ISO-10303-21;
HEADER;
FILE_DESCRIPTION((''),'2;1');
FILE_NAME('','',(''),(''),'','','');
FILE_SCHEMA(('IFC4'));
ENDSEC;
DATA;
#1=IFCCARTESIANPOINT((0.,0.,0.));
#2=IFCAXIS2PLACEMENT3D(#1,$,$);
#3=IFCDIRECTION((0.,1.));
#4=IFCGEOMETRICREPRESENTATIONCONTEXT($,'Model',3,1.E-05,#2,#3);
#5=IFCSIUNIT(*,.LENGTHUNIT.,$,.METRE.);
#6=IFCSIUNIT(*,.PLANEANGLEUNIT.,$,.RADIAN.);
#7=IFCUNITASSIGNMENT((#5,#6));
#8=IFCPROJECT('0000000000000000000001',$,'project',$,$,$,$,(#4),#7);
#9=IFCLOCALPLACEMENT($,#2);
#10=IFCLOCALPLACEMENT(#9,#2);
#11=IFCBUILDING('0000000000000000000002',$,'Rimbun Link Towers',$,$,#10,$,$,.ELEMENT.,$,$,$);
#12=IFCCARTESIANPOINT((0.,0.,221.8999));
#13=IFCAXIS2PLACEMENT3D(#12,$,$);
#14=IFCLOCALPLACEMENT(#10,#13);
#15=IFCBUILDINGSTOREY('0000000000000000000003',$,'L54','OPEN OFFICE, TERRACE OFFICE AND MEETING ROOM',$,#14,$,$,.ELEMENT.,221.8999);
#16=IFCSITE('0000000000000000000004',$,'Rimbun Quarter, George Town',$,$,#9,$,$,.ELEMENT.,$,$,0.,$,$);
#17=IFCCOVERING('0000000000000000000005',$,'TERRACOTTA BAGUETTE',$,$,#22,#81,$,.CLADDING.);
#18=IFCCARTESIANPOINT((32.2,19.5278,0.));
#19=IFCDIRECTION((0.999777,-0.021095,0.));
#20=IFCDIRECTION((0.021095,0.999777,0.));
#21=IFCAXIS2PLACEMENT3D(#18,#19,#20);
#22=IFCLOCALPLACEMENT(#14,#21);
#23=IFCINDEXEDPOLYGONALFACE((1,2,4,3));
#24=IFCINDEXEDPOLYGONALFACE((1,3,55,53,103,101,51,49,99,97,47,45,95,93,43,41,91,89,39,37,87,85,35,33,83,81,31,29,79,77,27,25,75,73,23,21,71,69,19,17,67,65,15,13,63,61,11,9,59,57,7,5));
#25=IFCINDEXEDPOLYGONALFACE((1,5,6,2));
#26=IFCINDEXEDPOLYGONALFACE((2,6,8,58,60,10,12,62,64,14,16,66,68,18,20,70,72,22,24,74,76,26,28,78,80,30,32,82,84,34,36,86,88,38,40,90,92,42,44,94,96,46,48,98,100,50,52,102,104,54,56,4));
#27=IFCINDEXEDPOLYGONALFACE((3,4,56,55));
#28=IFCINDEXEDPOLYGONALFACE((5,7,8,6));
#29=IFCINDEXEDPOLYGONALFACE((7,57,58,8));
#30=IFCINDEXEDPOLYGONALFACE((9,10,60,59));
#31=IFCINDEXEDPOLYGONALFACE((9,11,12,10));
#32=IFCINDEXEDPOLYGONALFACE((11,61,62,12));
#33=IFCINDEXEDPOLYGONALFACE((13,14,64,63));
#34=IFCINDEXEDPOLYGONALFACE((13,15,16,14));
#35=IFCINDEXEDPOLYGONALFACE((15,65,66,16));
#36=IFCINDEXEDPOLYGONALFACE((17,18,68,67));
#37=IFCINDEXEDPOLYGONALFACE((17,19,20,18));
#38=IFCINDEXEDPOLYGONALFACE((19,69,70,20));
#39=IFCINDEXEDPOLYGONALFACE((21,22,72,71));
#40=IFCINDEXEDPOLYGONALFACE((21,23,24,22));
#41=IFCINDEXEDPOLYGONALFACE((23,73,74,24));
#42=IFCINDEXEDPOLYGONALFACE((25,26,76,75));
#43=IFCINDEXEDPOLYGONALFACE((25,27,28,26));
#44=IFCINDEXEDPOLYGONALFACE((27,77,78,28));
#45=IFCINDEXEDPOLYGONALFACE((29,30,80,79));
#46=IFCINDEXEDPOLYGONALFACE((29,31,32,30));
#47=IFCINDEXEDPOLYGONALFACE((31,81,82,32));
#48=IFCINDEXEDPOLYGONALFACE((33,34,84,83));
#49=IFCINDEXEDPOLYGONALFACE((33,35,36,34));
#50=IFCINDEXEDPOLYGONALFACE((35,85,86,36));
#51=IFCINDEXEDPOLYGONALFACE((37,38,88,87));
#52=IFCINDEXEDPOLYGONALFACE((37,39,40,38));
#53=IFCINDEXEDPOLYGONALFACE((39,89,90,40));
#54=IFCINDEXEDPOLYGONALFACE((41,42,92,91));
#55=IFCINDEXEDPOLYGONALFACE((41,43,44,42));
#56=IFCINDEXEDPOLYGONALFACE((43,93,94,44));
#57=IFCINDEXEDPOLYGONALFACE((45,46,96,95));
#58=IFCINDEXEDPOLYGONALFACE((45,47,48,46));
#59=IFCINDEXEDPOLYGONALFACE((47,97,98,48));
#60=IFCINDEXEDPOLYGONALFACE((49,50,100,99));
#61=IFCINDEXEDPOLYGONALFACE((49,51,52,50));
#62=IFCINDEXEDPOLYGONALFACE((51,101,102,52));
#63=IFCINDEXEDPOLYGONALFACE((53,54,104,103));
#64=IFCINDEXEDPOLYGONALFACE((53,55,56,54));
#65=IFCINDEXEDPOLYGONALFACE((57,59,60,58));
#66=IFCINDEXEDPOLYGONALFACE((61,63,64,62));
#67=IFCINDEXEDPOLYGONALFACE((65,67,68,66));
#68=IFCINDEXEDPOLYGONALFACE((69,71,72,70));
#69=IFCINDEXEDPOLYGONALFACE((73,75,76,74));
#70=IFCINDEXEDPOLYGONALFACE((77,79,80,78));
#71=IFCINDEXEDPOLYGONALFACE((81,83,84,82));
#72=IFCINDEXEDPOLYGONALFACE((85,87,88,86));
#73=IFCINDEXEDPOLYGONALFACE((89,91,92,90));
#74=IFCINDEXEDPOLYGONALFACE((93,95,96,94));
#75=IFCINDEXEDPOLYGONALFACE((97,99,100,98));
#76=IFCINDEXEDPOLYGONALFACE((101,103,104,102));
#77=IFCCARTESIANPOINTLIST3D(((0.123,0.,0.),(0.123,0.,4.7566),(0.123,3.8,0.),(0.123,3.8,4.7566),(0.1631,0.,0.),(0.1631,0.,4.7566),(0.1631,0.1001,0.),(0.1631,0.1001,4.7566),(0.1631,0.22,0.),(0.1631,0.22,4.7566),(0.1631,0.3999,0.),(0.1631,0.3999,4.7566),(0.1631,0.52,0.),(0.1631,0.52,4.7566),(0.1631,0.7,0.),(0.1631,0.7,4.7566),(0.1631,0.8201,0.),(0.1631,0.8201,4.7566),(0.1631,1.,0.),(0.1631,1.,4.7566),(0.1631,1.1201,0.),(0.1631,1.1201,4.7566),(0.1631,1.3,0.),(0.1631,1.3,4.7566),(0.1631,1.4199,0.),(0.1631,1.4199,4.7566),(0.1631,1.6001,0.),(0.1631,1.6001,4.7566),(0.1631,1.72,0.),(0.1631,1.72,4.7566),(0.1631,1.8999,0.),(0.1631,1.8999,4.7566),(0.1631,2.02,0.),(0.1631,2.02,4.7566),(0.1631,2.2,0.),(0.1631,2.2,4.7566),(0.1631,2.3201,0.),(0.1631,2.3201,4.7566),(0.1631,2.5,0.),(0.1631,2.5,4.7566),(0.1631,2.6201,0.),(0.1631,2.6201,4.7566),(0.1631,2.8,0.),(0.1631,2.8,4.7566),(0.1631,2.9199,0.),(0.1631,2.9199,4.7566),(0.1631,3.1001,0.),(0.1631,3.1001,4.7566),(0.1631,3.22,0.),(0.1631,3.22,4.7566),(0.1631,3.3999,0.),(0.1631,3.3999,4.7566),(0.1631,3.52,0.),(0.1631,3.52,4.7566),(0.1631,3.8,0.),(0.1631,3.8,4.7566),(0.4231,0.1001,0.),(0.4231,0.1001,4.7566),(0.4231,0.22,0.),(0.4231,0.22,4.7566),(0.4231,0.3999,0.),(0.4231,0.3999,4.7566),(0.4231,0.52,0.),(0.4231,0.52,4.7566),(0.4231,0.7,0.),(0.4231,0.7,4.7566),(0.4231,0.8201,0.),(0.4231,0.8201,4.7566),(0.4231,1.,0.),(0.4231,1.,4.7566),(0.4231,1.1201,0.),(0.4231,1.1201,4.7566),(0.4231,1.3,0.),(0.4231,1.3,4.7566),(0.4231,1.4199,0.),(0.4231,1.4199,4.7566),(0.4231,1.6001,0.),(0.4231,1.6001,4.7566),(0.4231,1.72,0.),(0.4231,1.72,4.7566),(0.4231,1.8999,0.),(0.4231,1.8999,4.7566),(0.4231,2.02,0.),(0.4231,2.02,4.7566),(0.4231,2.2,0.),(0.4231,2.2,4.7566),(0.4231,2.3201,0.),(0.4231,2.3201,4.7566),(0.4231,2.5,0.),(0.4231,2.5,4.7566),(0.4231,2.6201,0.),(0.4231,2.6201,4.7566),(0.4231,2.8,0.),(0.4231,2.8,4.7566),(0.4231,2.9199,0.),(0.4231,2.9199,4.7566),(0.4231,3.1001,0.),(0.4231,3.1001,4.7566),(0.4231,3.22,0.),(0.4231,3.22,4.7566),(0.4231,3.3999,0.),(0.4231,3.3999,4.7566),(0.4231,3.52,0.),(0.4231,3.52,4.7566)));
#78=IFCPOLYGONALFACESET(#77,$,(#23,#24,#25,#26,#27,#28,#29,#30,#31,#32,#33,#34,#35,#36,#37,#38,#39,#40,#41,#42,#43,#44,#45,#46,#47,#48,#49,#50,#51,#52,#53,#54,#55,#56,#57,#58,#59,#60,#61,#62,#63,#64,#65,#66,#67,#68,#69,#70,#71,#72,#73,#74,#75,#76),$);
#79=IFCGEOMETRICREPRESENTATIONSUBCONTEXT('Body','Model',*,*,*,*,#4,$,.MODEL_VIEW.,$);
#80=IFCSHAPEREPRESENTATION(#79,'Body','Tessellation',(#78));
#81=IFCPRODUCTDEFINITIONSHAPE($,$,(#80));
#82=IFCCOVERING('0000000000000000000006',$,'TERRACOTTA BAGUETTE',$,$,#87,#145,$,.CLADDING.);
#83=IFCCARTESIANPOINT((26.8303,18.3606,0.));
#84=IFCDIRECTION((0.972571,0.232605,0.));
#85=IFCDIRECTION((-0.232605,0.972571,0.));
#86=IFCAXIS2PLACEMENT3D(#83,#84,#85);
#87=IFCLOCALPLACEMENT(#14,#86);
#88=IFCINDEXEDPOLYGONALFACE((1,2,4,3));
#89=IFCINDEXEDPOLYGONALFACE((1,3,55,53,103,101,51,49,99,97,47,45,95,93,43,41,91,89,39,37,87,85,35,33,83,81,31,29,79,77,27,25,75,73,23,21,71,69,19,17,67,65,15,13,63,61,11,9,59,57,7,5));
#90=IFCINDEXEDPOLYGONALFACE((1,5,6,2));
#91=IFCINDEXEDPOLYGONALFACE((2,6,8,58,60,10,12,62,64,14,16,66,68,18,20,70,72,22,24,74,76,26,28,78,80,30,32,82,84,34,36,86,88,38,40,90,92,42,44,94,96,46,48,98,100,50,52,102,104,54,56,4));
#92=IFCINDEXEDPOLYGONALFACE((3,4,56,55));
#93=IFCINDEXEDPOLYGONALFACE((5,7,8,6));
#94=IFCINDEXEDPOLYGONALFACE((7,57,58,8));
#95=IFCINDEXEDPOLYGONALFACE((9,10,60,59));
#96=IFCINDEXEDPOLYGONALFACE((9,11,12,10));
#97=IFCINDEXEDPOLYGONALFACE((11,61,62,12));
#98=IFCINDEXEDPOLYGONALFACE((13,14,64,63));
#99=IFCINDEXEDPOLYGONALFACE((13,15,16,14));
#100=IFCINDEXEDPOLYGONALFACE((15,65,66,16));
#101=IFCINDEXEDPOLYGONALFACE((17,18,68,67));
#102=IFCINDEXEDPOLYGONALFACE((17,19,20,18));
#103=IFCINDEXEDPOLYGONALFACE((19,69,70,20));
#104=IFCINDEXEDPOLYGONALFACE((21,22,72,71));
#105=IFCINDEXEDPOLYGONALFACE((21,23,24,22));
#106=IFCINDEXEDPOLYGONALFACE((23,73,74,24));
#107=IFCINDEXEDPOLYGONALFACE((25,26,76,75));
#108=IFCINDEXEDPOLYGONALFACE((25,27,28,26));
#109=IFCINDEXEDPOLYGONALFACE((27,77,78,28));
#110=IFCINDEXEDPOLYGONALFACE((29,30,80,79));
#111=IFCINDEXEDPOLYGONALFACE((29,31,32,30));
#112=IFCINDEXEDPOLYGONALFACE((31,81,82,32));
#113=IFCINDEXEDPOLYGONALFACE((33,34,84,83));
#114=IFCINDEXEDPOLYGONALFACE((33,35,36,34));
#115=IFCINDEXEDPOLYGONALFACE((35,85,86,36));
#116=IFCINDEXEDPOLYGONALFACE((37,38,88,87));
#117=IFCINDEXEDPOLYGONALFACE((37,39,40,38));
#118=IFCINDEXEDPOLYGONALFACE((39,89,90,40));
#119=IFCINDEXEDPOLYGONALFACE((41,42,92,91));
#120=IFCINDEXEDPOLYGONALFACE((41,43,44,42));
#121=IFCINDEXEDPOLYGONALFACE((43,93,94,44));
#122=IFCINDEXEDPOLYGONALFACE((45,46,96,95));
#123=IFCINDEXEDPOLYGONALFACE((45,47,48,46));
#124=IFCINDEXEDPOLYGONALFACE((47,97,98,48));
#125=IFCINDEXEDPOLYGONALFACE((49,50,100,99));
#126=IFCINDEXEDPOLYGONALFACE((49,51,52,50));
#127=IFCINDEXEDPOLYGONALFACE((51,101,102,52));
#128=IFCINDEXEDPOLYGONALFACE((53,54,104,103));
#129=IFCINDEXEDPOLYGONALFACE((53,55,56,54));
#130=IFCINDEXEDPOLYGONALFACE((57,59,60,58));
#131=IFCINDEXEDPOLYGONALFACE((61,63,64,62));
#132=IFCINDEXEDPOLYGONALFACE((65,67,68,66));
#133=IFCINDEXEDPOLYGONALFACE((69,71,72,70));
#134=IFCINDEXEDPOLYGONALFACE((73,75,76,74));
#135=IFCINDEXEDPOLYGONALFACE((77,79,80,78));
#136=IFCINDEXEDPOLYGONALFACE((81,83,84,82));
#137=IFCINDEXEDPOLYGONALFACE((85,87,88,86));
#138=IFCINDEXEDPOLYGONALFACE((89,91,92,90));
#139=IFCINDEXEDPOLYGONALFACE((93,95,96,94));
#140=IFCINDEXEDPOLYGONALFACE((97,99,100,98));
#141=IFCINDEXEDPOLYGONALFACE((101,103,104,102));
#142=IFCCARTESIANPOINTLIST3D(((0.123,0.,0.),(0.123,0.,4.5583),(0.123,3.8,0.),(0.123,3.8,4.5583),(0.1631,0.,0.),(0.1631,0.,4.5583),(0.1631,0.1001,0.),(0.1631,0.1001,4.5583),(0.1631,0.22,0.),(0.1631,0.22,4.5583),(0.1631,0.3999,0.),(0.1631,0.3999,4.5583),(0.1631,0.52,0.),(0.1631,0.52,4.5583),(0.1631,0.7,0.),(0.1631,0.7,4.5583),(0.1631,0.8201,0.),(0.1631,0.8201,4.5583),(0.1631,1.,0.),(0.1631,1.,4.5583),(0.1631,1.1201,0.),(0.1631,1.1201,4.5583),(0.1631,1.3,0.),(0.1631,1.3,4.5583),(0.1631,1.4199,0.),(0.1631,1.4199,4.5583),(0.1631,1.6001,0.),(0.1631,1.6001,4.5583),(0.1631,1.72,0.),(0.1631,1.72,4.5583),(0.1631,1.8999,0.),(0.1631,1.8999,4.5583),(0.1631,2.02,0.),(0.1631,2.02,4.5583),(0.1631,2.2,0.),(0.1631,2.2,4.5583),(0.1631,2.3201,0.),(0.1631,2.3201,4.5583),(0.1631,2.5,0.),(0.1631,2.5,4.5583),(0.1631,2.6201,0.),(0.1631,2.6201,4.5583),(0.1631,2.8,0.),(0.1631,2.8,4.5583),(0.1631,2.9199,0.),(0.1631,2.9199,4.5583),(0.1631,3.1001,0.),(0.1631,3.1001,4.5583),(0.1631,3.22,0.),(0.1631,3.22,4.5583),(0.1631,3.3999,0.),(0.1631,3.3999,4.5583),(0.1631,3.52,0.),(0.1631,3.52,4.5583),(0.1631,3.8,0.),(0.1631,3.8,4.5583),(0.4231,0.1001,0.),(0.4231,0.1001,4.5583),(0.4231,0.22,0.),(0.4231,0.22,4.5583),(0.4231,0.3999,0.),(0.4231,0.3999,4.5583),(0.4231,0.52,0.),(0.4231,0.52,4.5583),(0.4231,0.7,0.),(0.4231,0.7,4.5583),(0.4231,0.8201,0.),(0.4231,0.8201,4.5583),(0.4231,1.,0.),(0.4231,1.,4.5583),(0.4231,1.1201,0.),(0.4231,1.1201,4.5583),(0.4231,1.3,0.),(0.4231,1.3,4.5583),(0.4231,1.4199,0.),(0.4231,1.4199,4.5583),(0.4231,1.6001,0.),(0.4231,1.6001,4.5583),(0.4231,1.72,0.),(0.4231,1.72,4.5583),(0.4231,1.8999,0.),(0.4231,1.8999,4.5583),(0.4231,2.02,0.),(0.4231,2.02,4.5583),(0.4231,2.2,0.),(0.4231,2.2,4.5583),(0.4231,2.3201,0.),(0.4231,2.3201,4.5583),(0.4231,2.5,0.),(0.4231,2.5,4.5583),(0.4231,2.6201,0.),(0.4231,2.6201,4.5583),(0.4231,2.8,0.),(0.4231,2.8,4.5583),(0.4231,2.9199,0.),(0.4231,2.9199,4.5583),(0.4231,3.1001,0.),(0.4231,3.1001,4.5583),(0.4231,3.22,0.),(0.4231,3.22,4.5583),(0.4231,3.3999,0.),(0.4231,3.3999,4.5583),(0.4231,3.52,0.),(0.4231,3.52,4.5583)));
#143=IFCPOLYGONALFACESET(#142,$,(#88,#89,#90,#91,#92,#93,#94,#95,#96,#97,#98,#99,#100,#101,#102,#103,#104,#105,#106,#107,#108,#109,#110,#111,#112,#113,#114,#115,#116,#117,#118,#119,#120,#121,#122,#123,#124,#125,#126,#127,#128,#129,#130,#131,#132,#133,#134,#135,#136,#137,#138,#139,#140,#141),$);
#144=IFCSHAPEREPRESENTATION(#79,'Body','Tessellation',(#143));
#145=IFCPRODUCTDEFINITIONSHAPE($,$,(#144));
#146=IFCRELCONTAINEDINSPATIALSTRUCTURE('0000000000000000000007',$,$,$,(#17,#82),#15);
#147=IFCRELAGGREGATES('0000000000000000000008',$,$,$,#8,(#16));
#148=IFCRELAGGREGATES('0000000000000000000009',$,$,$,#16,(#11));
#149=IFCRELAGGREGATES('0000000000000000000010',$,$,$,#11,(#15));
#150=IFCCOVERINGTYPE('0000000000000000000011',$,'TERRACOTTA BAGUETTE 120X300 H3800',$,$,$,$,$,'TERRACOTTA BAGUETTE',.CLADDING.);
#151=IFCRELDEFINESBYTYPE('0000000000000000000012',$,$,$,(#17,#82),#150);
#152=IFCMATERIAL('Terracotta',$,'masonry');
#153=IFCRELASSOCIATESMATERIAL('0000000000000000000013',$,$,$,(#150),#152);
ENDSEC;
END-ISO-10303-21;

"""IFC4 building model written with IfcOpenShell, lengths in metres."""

from ifc_helpers import new_model, si_unit, direction, frame, origin, place, context, subcontext, project, spatial, polyline, outline, extrude, material, material_profile, profile_set, type_object, element, save


model = new_model("IFC4")

# Units and contexts
model_context = context("Model", 3, precision=1e-05, world=origin(), true_north=direction((0.0, 1.0)))
body_context = subcontext(model_context, "Body", "Model", "MODEL_VIEW")
ifc_project = project(units=[si_unit("LENGTHUNIT", "METRE"), si_unit("PLANEANGLEUNIT", "RADIAN")], contexts=[model_context])

# Site, building, storey
site_placement = place(None, origin())
site = spatial("IfcSite", under=ifc_project, at=site_placement, Name="Rimbun Quarter, George Town", CompositionType="ELEMENT", RefElevation=0.0)
building_placement = place(site_placement, origin())
building = spatial("IfcBuilding", under=site, at=building_placement, Name="Rimbun Link Towers", CompositionType="ELEMENT")
storey_placement = place(building_placement, frame((0.0, 0.0, 221.8999)))
storey = spatial("IfcBuildingStorey", under=building, at=storey_placement, Name="L54", Description="OPEN OFFICE, TERRACE OFFICE AND MEETING ROOM", CompositionType="ELEMENT", Elevation=221.8999)

# Coverings
ifc_material_1 = material(Name="Terracotta", Category="masonry")
ifc_material_profile_1 = material_profile(ifc_material_1, outline(polyline([(0.123, 0.0), (0.1631, 0.0), (0.1631, 0.1001), (0.4231, 0.1001), (0.4231, 0.22), (0.1631, 0.22), (0.1631, 0.3999), (0.4231, 0.3999), (0.4231, 0.52), (0.1631, 0.52), (0.1631, 0.7), (0.4231, 0.7), (0.4231, 0.8201), (0.1631, 0.8201), (0.1631, 1.0), (0.4231, 1.0), (0.4231, 1.1201), (0.1631, 1.1201), (0.1631, 1.3), (0.4231, 1.3), (0.4231, 1.4199), (0.1631, 1.4199), (0.1631, 1.6001), (0.4231, 1.6001), (0.4231, 1.72), (0.1631, 1.72), (0.1631, 1.8999), (0.4231, 1.8999), (0.4231, 2.02), (0.1631, 2.02), (0.1631, 2.2), (0.4231, 2.2), (0.4231, 2.3201), (0.1631, 2.3201), (0.1631, 2.5), (0.4231, 2.5), (0.4231, 2.6201), (0.1631, 2.6201), (0.1631, 2.8), (0.4231, 2.8), (0.4231, 2.9199), (0.1631, 2.9199), (0.1631, 3.1001), (0.4231, 3.1001), (0.4231, 3.22), (0.1631, 3.22), (0.1631, 3.3999), (0.4231, 3.3999), (0.4231, 3.52), (0.1631, 3.52), (0.1631, 3.8), (0.123, 3.8), (0.123, 0.0)])), Name="BAGUETTE 120X300")
ifc_profile_set_1 = profile_set([ifc_material_profile_1], Name="Terracotta")
covering_type = type_object("IfcCoveringType", Name="TERRACOTTA BAGUETTE 120X300 H3800", ElementType="TERRACOTTA BAGUETTE", PredefinedType="CLADDING", material=ifc_profile_set_1)
covering_1_placement = place(storey_placement, frame((32.2, 19.5278, 0.0), z_axis=(0.999777, -0.021095, 0.0), x_axis=(0.021095, 0.999777, 0.0)))
element("IfcCovering", 1, at=covering_1_placement, inside=storey, type_object=covering_type, Name="TERRACOTTA BAGUETTE", PredefinedType="CLADDING", context=body_context, shape_type="SweptSolid", body=[
    extrude(outline(polyline([(0.123, 0.0), (0.1631, 0.0), (0.1631, 0.1001), (0.4231, 0.1001), (0.4231, 0.22), (0.1631, 0.22), (0.1631, 0.3999), (0.4231, 0.3999), (0.4231, 0.52), (0.1631, 0.52), (0.1631, 0.7), (0.4231, 0.7), (0.4231, 0.8201), (0.1631, 0.8201), (0.1631, 1.0), (0.4231, 1.0), (0.4231, 1.1201), (0.1631, 1.1201), (0.1631, 1.3), (0.4231, 1.3), (0.4231, 1.4199), (0.1631, 1.4199), (0.1631, 1.6001), (0.4231, 1.6001), (0.4231, 1.72), (0.1631, 1.72), (0.1631, 1.8999), (0.4231, 1.8999), (0.4231, 2.02), (0.1631, 2.02), (0.1631, 2.2), (0.4231, 2.2), (0.4231, 2.3201), (0.1631, 2.3201), (0.1631, 2.5), (0.4231, 2.5), (0.4231, 2.6201), (0.1631, 2.6201), (0.1631, 2.8), (0.4231, 2.8), (0.4231, 2.9199), (0.1631, 2.9199), (0.1631, 3.1001), (0.4231, 3.1001), (0.4231, 3.22), (0.1631, 3.22), (0.1631, 3.3999), (0.4231, 3.3999), (0.4231, 3.52), (0.1631, 3.52), (0.1631, 3.8), (0.123, 3.8), (0.123, 0.0)])), origin(), (0.0, 0.0, 1.0), 4.7566),
])
covering_2_placement = place(storey_placement, frame((26.8303, 18.3606, 0.0), z_axis=(0.972571, 0.232605, 0.0), x_axis=(-0.232605, 0.972571, 0.0)))
element("IfcCovering", 2, at=covering_2_placement, inside=storey, type_object=covering_type, Name="TERRACOTTA BAGUETTE", PredefinedType="CLADDING", context=body_context, shape_type="SweptSolid", body=[
    extrude(outline(polyline([(0.123, 0.0), (0.1631, 0.0), (0.1631, 0.1001), (0.4231, 0.1001), (0.4231, 0.22), (0.1631, 0.22), (0.1631, 0.3999), (0.4231, 0.3999), (0.4231, 0.52), (0.1631, 0.52), (0.1631, 0.7), (0.4231, 0.7), (0.4231, 0.8201), (0.1631, 0.8201), (0.1631, 1.0), (0.4231, 1.0), (0.4231, 1.1201), (0.1631, 1.1201), (0.1631, 1.3), (0.4231, 1.3), (0.4231, 1.4199), (0.1631, 1.4199), (0.1631, 1.6001), (0.4231, 1.6001), (0.4231, 1.72), (0.1631, 1.72), (0.1631, 1.8999), (0.4231, 1.8999), (0.4231, 2.02), (0.1631, 2.02), (0.1631, 2.2), (0.4231, 2.2), (0.4231, 2.3201), (0.1631, 2.3201), (0.1631, 2.5), (0.4231, 2.5), (0.4231, 2.6201), (0.1631, 2.6201), (0.1631, 2.8), (0.4231, 2.8), (0.4231, 2.9199), (0.1631, 2.9199), (0.1631, 3.1001), (0.4231, 3.1001), (0.4231, 3.22), (0.1631, 3.22), (0.1631, 3.3999), (0.4231, 3.3999), (0.4231, 3.52), (0.1631, 3.52), (0.1631, 3.8), (0.123, 3.8), (0.123, 0.0)])), origin(), (0.0, 0.0, 1.0), 4.5583),
])

save(model, "model.ifc")
